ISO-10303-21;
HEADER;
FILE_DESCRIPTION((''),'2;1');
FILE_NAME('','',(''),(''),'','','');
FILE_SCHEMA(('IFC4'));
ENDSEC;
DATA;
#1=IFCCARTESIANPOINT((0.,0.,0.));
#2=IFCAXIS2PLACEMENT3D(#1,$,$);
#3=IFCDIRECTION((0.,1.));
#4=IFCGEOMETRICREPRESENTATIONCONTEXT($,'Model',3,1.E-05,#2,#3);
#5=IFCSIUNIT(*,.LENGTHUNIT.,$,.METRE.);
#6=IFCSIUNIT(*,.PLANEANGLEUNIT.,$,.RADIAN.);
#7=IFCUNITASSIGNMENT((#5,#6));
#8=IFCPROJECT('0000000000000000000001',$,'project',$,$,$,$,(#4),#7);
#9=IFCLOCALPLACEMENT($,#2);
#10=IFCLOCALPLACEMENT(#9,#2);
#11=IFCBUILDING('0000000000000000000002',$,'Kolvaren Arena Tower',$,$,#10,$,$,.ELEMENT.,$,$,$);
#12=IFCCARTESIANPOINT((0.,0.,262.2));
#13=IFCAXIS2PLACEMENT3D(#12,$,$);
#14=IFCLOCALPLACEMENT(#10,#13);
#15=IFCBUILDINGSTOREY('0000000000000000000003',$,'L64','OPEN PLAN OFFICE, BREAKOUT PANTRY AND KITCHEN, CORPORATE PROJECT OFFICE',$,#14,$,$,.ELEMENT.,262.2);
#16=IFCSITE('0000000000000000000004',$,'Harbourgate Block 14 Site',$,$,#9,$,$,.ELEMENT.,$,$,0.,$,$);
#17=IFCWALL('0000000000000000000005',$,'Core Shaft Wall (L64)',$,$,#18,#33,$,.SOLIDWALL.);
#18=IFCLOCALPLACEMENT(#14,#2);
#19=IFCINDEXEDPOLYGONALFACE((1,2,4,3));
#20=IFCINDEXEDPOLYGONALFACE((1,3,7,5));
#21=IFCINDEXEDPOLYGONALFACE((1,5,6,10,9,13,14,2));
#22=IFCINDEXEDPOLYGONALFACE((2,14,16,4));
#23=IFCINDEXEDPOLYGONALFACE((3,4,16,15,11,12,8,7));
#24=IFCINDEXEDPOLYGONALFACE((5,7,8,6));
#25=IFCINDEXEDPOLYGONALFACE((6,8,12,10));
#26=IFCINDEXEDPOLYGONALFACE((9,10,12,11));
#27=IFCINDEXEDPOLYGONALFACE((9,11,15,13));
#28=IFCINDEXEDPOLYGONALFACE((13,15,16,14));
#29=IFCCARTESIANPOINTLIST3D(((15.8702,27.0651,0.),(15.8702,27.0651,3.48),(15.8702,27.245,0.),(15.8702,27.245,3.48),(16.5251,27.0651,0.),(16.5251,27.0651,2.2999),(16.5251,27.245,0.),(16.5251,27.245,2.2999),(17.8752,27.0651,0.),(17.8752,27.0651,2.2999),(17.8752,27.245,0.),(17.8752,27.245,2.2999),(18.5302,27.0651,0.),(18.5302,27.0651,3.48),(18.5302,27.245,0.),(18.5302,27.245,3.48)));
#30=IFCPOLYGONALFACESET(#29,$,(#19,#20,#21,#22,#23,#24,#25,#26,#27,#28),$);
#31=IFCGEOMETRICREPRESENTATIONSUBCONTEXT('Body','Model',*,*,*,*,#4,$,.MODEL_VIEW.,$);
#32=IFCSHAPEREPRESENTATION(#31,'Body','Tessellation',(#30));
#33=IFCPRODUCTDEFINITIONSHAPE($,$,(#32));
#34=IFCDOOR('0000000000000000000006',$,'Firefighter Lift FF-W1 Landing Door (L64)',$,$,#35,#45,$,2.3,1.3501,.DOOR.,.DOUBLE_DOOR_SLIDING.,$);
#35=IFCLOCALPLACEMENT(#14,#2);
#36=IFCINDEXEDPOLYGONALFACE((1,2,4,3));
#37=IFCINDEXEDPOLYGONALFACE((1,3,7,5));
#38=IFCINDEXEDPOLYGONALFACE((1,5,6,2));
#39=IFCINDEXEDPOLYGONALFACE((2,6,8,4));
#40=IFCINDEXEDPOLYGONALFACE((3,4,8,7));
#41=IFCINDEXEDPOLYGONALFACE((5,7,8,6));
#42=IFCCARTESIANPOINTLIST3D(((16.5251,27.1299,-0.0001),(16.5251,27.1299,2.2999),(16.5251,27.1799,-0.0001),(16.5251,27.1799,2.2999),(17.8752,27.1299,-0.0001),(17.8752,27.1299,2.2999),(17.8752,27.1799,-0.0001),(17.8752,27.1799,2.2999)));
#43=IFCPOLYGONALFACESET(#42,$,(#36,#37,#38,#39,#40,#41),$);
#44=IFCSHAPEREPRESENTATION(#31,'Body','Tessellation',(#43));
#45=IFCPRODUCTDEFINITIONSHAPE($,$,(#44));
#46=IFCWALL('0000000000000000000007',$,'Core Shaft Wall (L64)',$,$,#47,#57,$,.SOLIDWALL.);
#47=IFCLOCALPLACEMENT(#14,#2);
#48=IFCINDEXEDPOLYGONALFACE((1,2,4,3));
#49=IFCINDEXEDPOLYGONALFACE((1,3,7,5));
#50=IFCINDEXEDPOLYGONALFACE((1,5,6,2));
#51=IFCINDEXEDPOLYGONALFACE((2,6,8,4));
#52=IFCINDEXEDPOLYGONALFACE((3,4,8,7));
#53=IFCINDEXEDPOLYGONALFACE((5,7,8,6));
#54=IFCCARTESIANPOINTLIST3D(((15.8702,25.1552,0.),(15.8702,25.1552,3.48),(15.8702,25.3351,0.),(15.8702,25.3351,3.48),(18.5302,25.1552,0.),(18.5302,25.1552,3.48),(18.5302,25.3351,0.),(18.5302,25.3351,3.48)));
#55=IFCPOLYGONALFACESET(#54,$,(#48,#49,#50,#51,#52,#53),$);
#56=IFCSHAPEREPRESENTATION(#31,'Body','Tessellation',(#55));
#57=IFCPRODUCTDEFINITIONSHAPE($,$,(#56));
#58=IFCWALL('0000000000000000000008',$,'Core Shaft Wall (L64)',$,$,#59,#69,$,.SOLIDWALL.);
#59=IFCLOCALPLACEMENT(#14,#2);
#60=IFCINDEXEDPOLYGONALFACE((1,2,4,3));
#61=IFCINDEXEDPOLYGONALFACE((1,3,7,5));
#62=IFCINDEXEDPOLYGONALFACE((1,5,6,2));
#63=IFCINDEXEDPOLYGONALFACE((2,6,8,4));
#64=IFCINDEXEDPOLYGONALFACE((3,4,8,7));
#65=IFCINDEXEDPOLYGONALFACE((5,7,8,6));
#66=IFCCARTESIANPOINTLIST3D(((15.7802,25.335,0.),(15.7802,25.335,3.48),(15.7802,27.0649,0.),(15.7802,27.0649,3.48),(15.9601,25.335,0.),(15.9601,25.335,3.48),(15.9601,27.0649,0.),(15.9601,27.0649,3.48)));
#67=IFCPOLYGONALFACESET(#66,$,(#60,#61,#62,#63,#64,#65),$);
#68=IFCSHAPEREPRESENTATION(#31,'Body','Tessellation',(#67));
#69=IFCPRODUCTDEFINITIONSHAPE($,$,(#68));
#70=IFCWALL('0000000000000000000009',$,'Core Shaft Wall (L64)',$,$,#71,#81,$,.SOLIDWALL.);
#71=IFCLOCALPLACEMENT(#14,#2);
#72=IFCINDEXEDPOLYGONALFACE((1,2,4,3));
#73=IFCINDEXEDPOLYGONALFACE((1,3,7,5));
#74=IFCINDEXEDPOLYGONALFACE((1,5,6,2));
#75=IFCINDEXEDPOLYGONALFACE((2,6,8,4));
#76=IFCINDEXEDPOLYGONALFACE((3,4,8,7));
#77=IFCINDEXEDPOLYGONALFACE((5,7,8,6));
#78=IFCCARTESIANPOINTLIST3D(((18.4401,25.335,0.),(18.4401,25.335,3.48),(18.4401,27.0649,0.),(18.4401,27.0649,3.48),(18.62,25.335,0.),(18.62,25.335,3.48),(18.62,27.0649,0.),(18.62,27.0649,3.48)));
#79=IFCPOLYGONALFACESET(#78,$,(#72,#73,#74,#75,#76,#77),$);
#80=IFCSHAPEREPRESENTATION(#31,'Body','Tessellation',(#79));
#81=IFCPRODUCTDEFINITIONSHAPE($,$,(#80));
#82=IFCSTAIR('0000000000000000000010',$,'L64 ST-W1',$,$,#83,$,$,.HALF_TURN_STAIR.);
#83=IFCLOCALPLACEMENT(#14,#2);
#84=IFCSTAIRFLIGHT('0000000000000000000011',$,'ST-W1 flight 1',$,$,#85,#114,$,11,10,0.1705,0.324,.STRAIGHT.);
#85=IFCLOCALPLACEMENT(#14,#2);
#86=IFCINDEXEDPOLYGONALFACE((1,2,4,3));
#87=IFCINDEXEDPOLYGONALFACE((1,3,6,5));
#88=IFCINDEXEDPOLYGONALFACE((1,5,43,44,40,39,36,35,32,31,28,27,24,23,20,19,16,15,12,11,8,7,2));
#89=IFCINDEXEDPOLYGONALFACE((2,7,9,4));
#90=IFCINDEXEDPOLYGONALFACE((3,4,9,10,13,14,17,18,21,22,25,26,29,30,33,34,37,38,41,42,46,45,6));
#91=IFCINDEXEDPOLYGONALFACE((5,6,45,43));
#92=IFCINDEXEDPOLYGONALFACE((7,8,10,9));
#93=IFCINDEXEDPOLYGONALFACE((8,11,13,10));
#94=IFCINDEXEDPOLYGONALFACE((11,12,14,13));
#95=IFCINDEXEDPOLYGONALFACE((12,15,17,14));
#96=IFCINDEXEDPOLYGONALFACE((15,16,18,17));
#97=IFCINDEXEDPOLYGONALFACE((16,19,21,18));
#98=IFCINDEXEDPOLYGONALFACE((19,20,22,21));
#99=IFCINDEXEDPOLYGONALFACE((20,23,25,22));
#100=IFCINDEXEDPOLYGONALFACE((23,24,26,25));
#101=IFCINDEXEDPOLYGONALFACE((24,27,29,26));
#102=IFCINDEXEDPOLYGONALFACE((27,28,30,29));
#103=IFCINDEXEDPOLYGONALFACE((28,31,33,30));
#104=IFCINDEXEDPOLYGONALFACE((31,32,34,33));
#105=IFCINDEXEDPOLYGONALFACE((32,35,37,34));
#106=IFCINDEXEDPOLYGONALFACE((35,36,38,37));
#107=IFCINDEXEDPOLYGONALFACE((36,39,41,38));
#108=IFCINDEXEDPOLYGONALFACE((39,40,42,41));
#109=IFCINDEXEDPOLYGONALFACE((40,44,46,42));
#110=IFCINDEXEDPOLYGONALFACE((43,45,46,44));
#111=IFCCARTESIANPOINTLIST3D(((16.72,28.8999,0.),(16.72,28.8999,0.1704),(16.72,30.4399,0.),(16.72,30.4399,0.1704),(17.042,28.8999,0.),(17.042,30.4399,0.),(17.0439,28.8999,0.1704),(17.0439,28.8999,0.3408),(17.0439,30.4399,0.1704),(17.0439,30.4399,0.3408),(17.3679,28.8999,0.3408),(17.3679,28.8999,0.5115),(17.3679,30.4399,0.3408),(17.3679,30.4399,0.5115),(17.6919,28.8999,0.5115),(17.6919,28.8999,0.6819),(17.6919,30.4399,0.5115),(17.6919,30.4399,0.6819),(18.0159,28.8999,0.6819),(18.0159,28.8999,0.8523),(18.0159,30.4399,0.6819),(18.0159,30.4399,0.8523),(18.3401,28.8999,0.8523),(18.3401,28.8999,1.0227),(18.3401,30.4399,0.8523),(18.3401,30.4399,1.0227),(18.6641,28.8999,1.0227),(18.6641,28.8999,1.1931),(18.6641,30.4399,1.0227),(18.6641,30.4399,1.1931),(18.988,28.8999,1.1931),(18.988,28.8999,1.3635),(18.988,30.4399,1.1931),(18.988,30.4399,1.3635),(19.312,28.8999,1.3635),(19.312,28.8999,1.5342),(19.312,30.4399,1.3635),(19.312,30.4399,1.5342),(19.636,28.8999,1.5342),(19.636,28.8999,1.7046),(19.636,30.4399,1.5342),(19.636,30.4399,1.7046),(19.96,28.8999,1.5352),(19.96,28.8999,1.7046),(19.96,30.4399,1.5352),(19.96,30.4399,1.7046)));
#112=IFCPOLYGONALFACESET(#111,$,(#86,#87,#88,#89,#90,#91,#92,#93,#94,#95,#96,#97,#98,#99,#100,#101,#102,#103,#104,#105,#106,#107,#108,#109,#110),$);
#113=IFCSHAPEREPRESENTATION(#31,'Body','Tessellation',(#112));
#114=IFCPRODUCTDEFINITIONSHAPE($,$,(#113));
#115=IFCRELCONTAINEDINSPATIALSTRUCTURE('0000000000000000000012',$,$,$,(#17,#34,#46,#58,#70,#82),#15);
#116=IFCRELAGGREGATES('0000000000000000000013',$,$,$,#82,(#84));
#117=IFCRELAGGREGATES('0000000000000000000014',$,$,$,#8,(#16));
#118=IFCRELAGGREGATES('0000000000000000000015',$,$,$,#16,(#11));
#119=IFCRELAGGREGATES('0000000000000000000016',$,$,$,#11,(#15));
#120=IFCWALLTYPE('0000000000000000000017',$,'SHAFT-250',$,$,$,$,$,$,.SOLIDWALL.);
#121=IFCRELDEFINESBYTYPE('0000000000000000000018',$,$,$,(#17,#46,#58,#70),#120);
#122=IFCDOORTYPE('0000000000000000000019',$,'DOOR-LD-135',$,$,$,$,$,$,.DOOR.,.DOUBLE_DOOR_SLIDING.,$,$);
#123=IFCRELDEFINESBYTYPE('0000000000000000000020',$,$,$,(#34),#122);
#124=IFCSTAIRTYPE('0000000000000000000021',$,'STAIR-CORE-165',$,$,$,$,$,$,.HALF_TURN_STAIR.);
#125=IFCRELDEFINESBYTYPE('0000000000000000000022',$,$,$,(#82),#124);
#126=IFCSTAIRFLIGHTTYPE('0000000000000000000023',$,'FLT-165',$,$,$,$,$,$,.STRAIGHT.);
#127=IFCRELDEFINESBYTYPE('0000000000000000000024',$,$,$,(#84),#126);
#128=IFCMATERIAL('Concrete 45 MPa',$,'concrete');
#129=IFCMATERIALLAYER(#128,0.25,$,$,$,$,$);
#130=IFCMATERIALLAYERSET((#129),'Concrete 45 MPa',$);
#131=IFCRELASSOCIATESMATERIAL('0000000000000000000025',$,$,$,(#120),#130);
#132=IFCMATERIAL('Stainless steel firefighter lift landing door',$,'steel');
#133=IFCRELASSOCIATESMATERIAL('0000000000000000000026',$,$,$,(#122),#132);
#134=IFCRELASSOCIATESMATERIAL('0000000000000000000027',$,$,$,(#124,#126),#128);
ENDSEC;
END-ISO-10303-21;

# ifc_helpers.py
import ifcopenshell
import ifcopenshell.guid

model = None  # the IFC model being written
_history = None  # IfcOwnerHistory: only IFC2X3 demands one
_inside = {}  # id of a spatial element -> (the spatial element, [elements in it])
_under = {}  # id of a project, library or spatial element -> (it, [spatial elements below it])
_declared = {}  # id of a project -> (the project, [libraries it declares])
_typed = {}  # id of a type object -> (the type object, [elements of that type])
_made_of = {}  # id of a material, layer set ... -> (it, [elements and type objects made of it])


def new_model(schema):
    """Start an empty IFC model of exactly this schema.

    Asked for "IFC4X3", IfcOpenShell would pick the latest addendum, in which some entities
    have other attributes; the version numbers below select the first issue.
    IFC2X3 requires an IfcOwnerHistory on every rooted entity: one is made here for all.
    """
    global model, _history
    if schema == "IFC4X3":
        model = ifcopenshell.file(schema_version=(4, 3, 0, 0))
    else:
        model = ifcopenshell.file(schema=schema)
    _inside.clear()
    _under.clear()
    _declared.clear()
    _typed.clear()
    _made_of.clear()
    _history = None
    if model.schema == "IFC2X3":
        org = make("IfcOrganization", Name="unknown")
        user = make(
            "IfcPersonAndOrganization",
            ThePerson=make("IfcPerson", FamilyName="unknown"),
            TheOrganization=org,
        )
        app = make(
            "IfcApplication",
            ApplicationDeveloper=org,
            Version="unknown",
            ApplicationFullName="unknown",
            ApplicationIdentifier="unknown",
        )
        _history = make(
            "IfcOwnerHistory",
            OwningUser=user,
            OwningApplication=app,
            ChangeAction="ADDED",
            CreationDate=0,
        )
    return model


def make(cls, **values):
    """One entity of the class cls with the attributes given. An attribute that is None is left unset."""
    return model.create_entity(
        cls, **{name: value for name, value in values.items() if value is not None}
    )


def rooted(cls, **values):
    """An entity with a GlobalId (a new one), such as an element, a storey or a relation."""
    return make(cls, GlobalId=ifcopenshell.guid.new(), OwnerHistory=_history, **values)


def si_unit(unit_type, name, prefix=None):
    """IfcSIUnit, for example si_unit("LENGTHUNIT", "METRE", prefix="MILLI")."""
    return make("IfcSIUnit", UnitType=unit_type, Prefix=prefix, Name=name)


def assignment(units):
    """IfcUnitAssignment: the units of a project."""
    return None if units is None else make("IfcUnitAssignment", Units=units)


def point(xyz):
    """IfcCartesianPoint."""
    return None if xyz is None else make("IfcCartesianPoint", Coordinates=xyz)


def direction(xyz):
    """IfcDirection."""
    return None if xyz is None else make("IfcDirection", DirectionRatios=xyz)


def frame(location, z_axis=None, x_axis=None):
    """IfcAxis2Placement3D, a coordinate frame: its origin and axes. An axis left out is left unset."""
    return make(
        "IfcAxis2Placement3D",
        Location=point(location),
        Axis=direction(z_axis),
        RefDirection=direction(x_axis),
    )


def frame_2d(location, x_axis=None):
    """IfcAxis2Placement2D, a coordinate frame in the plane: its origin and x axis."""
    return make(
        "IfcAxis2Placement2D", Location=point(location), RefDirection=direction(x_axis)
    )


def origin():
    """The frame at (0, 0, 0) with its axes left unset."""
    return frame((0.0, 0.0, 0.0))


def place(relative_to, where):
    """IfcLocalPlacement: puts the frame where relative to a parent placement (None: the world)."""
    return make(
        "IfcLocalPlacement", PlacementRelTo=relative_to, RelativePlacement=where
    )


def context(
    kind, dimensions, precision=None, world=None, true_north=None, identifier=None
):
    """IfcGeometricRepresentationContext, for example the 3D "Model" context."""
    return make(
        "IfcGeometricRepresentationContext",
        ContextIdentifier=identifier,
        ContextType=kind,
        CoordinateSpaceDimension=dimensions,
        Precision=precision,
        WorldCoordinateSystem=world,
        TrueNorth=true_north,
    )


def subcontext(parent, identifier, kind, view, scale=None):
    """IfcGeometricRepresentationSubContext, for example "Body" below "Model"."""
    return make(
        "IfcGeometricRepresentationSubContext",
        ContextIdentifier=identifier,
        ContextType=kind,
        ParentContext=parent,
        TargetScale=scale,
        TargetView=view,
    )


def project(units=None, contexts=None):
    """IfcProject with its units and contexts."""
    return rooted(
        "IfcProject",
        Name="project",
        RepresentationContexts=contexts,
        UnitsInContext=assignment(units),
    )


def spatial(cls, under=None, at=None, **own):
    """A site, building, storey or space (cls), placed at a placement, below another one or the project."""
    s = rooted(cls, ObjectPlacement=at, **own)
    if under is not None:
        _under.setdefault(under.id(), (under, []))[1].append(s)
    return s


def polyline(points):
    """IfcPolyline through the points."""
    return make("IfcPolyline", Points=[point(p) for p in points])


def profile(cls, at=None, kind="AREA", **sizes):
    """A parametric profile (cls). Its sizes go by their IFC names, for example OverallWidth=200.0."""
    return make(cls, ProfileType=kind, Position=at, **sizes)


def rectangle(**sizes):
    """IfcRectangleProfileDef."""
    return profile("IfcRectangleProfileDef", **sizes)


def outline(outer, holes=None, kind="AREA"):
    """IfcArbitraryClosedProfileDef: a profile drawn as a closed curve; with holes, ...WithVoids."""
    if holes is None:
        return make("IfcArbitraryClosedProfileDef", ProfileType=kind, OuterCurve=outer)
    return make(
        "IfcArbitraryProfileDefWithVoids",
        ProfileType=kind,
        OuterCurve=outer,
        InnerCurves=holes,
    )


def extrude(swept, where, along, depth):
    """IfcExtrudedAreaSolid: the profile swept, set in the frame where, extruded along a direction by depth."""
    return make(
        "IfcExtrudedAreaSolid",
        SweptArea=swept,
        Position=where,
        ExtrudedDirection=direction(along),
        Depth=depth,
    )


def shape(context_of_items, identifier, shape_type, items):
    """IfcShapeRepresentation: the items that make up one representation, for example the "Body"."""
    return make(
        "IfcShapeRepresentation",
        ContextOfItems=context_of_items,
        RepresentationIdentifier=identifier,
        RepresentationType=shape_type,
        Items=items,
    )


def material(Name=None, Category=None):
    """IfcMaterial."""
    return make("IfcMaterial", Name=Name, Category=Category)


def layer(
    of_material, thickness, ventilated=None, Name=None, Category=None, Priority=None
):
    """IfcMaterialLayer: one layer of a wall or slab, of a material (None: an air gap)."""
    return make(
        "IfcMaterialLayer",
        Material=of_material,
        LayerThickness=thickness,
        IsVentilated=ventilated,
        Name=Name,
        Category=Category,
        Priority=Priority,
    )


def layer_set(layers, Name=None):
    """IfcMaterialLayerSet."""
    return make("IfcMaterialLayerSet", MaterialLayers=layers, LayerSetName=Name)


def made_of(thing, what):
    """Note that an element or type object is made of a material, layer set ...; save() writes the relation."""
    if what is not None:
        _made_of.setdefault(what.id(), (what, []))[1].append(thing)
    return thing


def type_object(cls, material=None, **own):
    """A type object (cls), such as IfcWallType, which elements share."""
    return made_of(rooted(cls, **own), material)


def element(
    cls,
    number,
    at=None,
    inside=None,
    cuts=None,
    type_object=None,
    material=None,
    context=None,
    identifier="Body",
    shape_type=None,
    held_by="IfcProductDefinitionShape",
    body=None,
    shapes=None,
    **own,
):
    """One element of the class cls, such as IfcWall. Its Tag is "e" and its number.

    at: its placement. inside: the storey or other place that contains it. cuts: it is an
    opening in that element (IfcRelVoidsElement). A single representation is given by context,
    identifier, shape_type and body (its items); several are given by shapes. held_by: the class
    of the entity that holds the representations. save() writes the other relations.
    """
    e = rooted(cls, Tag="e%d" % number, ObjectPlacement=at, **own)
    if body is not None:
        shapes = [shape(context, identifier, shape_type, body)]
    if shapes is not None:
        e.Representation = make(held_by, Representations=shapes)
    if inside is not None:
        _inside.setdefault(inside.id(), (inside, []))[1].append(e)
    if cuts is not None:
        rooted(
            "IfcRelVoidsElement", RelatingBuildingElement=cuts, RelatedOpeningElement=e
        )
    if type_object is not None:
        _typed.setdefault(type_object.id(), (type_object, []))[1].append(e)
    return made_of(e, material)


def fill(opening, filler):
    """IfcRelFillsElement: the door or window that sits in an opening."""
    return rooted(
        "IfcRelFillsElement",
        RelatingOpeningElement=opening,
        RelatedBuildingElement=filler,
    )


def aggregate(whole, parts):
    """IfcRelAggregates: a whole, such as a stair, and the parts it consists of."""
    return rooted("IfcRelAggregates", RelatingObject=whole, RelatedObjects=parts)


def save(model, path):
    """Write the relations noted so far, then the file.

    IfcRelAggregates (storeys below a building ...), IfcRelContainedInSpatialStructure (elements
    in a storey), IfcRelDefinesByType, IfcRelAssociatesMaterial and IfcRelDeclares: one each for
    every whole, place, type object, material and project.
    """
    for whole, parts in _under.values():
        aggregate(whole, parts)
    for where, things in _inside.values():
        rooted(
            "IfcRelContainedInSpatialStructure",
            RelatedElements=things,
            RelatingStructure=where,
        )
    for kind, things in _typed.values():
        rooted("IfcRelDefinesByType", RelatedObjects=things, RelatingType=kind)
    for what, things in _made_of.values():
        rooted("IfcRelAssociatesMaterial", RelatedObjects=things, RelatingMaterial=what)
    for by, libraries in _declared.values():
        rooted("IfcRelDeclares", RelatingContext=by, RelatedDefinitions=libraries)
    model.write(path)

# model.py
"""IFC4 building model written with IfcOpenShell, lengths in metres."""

from ifc_helpers import new_model, si_unit, direction, frame, frame_2d, origin, place, context, subcontext, project, spatial, polyline, rectangle, outline, extrude, material, layer, layer_set, type_object, element, fill, aggregate, save


model = new_model("IFC4")

# Units and contexts
model_context = context("Model", 3, precision=1e-05, world=origin(), true_north=direction((0.0, 1.0)))
body_context = subcontext(model_context, "Body", "Model", "MODEL_VIEW")
ifc_project = project(units=[si_unit("LENGTHUNIT", "METRE"), si_unit("PLANEANGLEUNIT", "RADIAN")], contexts=[model_context])

# Site, building, storey
site_placement = place(None, origin())
site = spatial("IfcSite", under=ifc_project, at=site_placement, Name="Harbourgate Block 14 Site", CompositionType="ELEMENT", RefElevation=0.0)
building_placement = place(site_placement, origin())
building = spatial("IfcBuilding", under=site, at=building_placement, Name="Kolvaren Arena Tower", CompositionType="ELEMENT")
storey_placement = place(building_placement, frame((0.0, 0.0, 262.2)))
storey = spatial("IfcBuildingStorey", under=building, at=storey_placement, Name="L64", Description="OPEN PLAN OFFICE, BREAKOUT PANTRY AND KITCHEN, CORPORATE PROJECT OFFICE", CompositionType="ELEMENT", Elevation=262.2)

# Shared definitions
ifc_material_1 = material(Name="Concrete 45 MPa", Category="concrete")
ifc_layer_1 = layer(ifc_material_1, 0.25)
ifc_layer_set_1 = layer_set([ifc_layer_1], Name="Concrete 45 MPa")
wall_type_1 = type_object("IfcWallType", Name="SHAFT-250", PredefinedType="SOLIDWALL", material=ifc_layer_set_1)

# Wall, opening, door
wall_1_placement = place(storey_placement, frame((15.8701, 27.155, 0.0), z_axis=(0.0, 0.0, 1.0), x_axis=(1.0, 0.0, 0.0)))
wall_1 = element("IfcWall", 1, at=wall_1_placement, inside=storey, type_object=wall_type_1, Name="Core Shaft Wall (L64)", PredefinedType="SOLIDWALL", context=body_context, shape_type="SweptSolid", body=[
    extrude(rectangle(XDim=2.6599, YDim=0.1799, at=frame_2d((1.3301, 0.0))), origin(), (0.0, 0.0, 1.0), 3.48),
])
opening_1_placement = place(wall_1_placement, frame((0.655, 0.0, 0.0)))
opening_1 = element("IfcOpeningElement", 2, at=opening_1_placement, cuts=wall_1, PredefinedType="OPENING", context=body_context, shape_type="SweptSolid", body=[
    extrude(rectangle(XDim=1.3501, YDim=2.3, at=frame_2d((0.675, 1.1499))), frame((0.0, 0.0999, 0.0), z_axis=(0.0, -1.0, 0.0), x_axis=(1.0, 0.0, 0.0)), (0.0, 0.0, 1.0), 0.2),
])
ifc_material_2 = material(Name="Stainless steel firefighter lift landing door", Category="steel")
door_type_1 = type_object("IfcDoorType", Name="DOOR-LD-135", OperationType="DOUBLE_DOOR_SLIDING", PredefinedType="DOOR", material=ifc_material_2)
door_1_placement = place(opening_1_placement, origin())
door_1 = element("IfcDoor", 3, at=door_1_placement, inside=storey, type_object=door_type_1, Name="Firefighter Lift FF-W1 Landing Door (L64)", OperationType="DOUBLE_DOOR_SLIDING", OverallHeight=2.3, OverallWidth=1.3501, PredefinedType="DOOR", context=body_context, shape_type="SweptSolid", body=[
    extrude(rectangle(XDim=1.3501, YDim=2.3, at=frame_2d((0.675, 1.1499))), frame((0.0, 0.0249, 0.0), z_axis=(0.0, -1.0, 0.0), x_axis=(1.0, 0.0, 0.0)), (0.0, 0.0, 1.0), 0.05),
])
fill(opening_1, door_1)

# Walls
wall_2_placement = place(storey_placement, frame((15.8701, 25.2451, 0.0), z_axis=(0.0, 0.0, 1.0), x_axis=(1.0, 0.0, 0.0)))
element("IfcWall", 4, at=wall_2_placement, inside=storey, type_object=wall_type_1, Name="Core Shaft Wall (L64)", PredefinedType="SOLIDWALL", context=body_context, shape_type="SweptSolid", body=[
    extrude(rectangle(XDim=2.6599, YDim=0.1799, at=frame_2d((1.3301, 0.0))), origin(), (0.0, 0.0, 1.0), 3.48),
])
for number, where, z_axis, x_axis, name in (
    (5, (15.8701, 25.335, 0.0), (0.0, 0.0, 1.0), (0.0, 1.0, 0.0), "Core Shaft Wall (L64)"),
    (6, (18.53, 25.335, 0.0), (0.0, 0.0, 1.0), (0.0, 1.0, 0.0), "Core Shaft Wall (L64)"),
):
    element("IfcWall", number, at=place(storey_placement, frame(where, z_axis=z_axis, x_axis=x_axis)), inside=storey, type_object=wall_type_1, Name=name, PredefinedType="SOLIDWALL", context=body_context, shape_type="SweptSolid", body=[
        extrude(rectangle(XDim=1.73, YDim=0.1799, at=frame_2d((0.865, 0.0))), origin(), (0.0, 0.0, 1.0), 3.48),
    ])

# Stair, stair flight
stair_type = type_object("IfcStairType", Name="STAIR-CORE-165", PredefinedType="HALF_TURN_STAIR", material=ifc_material_1)
stair_placement = place(storey_placement, origin())
stair = element("IfcStair", 7, at=stair_placement, inside=storey, type_object=stair_type, Name="L64 ST-W1", PredefinedType="HALF_TURN_STAIR")
stair_flight_type = type_object("IfcStairFlightType", Name="FLT-165", PredefinedType="STRAIGHT", material=ifc_material_1)
stair_flight_placement = place(storey_placement, frame((16.72, 29.6699, 0.0), z_axis=(0.0, 0.0, 1.0), x_axis=(1.0, 0.0, 0.0)))
stair_flight = element("IfcStairFlight", 8, at=stair_flight_placement, type_object=stair_flight_type, Name="ST-W1 flight 1", NumberOfRisers=11, NumberOfTreads=10, PredefinedType="STRAIGHT", RiserHeight=0.1705, TreadLength=0.324, context=body_context, shape_type="SweptSolid", body=[
    extrude(outline(polyline([(0.0, 0.0), (0.0, 0.1704), (0.324, 0.1704), (0.324, 0.3408), (0.6479, 0.3408), (0.6479, 0.5115), (0.9719, 0.5115), (0.9719, 0.6819), (1.2959, 0.6819), (1.2959, 0.8523), (1.6201, 0.8523), (1.6201, 1.0227), (1.9441, 1.0227), (1.9441, 1.1931), (2.2681, 1.1931), (2.2681, 1.3635), (2.592, 1.3635), (2.592, 1.5342), (2.916, 1.5342), (2.916, 1.7046), (3.24, 1.7046), (3.24, 1.875), (3.24, 1.5352), (0.322, 0.0), (0.0, 0.0)])), frame((0.0, 0.77, 0.0), z_axis=(0.0, -1.0, 0.0), x_axis=(1.0, 0.0, 0.0)), (0.0, 0.0, 1.0), 1.54),
])
aggregate(stair, [stair_flight])

save(model, "model.ifc")
